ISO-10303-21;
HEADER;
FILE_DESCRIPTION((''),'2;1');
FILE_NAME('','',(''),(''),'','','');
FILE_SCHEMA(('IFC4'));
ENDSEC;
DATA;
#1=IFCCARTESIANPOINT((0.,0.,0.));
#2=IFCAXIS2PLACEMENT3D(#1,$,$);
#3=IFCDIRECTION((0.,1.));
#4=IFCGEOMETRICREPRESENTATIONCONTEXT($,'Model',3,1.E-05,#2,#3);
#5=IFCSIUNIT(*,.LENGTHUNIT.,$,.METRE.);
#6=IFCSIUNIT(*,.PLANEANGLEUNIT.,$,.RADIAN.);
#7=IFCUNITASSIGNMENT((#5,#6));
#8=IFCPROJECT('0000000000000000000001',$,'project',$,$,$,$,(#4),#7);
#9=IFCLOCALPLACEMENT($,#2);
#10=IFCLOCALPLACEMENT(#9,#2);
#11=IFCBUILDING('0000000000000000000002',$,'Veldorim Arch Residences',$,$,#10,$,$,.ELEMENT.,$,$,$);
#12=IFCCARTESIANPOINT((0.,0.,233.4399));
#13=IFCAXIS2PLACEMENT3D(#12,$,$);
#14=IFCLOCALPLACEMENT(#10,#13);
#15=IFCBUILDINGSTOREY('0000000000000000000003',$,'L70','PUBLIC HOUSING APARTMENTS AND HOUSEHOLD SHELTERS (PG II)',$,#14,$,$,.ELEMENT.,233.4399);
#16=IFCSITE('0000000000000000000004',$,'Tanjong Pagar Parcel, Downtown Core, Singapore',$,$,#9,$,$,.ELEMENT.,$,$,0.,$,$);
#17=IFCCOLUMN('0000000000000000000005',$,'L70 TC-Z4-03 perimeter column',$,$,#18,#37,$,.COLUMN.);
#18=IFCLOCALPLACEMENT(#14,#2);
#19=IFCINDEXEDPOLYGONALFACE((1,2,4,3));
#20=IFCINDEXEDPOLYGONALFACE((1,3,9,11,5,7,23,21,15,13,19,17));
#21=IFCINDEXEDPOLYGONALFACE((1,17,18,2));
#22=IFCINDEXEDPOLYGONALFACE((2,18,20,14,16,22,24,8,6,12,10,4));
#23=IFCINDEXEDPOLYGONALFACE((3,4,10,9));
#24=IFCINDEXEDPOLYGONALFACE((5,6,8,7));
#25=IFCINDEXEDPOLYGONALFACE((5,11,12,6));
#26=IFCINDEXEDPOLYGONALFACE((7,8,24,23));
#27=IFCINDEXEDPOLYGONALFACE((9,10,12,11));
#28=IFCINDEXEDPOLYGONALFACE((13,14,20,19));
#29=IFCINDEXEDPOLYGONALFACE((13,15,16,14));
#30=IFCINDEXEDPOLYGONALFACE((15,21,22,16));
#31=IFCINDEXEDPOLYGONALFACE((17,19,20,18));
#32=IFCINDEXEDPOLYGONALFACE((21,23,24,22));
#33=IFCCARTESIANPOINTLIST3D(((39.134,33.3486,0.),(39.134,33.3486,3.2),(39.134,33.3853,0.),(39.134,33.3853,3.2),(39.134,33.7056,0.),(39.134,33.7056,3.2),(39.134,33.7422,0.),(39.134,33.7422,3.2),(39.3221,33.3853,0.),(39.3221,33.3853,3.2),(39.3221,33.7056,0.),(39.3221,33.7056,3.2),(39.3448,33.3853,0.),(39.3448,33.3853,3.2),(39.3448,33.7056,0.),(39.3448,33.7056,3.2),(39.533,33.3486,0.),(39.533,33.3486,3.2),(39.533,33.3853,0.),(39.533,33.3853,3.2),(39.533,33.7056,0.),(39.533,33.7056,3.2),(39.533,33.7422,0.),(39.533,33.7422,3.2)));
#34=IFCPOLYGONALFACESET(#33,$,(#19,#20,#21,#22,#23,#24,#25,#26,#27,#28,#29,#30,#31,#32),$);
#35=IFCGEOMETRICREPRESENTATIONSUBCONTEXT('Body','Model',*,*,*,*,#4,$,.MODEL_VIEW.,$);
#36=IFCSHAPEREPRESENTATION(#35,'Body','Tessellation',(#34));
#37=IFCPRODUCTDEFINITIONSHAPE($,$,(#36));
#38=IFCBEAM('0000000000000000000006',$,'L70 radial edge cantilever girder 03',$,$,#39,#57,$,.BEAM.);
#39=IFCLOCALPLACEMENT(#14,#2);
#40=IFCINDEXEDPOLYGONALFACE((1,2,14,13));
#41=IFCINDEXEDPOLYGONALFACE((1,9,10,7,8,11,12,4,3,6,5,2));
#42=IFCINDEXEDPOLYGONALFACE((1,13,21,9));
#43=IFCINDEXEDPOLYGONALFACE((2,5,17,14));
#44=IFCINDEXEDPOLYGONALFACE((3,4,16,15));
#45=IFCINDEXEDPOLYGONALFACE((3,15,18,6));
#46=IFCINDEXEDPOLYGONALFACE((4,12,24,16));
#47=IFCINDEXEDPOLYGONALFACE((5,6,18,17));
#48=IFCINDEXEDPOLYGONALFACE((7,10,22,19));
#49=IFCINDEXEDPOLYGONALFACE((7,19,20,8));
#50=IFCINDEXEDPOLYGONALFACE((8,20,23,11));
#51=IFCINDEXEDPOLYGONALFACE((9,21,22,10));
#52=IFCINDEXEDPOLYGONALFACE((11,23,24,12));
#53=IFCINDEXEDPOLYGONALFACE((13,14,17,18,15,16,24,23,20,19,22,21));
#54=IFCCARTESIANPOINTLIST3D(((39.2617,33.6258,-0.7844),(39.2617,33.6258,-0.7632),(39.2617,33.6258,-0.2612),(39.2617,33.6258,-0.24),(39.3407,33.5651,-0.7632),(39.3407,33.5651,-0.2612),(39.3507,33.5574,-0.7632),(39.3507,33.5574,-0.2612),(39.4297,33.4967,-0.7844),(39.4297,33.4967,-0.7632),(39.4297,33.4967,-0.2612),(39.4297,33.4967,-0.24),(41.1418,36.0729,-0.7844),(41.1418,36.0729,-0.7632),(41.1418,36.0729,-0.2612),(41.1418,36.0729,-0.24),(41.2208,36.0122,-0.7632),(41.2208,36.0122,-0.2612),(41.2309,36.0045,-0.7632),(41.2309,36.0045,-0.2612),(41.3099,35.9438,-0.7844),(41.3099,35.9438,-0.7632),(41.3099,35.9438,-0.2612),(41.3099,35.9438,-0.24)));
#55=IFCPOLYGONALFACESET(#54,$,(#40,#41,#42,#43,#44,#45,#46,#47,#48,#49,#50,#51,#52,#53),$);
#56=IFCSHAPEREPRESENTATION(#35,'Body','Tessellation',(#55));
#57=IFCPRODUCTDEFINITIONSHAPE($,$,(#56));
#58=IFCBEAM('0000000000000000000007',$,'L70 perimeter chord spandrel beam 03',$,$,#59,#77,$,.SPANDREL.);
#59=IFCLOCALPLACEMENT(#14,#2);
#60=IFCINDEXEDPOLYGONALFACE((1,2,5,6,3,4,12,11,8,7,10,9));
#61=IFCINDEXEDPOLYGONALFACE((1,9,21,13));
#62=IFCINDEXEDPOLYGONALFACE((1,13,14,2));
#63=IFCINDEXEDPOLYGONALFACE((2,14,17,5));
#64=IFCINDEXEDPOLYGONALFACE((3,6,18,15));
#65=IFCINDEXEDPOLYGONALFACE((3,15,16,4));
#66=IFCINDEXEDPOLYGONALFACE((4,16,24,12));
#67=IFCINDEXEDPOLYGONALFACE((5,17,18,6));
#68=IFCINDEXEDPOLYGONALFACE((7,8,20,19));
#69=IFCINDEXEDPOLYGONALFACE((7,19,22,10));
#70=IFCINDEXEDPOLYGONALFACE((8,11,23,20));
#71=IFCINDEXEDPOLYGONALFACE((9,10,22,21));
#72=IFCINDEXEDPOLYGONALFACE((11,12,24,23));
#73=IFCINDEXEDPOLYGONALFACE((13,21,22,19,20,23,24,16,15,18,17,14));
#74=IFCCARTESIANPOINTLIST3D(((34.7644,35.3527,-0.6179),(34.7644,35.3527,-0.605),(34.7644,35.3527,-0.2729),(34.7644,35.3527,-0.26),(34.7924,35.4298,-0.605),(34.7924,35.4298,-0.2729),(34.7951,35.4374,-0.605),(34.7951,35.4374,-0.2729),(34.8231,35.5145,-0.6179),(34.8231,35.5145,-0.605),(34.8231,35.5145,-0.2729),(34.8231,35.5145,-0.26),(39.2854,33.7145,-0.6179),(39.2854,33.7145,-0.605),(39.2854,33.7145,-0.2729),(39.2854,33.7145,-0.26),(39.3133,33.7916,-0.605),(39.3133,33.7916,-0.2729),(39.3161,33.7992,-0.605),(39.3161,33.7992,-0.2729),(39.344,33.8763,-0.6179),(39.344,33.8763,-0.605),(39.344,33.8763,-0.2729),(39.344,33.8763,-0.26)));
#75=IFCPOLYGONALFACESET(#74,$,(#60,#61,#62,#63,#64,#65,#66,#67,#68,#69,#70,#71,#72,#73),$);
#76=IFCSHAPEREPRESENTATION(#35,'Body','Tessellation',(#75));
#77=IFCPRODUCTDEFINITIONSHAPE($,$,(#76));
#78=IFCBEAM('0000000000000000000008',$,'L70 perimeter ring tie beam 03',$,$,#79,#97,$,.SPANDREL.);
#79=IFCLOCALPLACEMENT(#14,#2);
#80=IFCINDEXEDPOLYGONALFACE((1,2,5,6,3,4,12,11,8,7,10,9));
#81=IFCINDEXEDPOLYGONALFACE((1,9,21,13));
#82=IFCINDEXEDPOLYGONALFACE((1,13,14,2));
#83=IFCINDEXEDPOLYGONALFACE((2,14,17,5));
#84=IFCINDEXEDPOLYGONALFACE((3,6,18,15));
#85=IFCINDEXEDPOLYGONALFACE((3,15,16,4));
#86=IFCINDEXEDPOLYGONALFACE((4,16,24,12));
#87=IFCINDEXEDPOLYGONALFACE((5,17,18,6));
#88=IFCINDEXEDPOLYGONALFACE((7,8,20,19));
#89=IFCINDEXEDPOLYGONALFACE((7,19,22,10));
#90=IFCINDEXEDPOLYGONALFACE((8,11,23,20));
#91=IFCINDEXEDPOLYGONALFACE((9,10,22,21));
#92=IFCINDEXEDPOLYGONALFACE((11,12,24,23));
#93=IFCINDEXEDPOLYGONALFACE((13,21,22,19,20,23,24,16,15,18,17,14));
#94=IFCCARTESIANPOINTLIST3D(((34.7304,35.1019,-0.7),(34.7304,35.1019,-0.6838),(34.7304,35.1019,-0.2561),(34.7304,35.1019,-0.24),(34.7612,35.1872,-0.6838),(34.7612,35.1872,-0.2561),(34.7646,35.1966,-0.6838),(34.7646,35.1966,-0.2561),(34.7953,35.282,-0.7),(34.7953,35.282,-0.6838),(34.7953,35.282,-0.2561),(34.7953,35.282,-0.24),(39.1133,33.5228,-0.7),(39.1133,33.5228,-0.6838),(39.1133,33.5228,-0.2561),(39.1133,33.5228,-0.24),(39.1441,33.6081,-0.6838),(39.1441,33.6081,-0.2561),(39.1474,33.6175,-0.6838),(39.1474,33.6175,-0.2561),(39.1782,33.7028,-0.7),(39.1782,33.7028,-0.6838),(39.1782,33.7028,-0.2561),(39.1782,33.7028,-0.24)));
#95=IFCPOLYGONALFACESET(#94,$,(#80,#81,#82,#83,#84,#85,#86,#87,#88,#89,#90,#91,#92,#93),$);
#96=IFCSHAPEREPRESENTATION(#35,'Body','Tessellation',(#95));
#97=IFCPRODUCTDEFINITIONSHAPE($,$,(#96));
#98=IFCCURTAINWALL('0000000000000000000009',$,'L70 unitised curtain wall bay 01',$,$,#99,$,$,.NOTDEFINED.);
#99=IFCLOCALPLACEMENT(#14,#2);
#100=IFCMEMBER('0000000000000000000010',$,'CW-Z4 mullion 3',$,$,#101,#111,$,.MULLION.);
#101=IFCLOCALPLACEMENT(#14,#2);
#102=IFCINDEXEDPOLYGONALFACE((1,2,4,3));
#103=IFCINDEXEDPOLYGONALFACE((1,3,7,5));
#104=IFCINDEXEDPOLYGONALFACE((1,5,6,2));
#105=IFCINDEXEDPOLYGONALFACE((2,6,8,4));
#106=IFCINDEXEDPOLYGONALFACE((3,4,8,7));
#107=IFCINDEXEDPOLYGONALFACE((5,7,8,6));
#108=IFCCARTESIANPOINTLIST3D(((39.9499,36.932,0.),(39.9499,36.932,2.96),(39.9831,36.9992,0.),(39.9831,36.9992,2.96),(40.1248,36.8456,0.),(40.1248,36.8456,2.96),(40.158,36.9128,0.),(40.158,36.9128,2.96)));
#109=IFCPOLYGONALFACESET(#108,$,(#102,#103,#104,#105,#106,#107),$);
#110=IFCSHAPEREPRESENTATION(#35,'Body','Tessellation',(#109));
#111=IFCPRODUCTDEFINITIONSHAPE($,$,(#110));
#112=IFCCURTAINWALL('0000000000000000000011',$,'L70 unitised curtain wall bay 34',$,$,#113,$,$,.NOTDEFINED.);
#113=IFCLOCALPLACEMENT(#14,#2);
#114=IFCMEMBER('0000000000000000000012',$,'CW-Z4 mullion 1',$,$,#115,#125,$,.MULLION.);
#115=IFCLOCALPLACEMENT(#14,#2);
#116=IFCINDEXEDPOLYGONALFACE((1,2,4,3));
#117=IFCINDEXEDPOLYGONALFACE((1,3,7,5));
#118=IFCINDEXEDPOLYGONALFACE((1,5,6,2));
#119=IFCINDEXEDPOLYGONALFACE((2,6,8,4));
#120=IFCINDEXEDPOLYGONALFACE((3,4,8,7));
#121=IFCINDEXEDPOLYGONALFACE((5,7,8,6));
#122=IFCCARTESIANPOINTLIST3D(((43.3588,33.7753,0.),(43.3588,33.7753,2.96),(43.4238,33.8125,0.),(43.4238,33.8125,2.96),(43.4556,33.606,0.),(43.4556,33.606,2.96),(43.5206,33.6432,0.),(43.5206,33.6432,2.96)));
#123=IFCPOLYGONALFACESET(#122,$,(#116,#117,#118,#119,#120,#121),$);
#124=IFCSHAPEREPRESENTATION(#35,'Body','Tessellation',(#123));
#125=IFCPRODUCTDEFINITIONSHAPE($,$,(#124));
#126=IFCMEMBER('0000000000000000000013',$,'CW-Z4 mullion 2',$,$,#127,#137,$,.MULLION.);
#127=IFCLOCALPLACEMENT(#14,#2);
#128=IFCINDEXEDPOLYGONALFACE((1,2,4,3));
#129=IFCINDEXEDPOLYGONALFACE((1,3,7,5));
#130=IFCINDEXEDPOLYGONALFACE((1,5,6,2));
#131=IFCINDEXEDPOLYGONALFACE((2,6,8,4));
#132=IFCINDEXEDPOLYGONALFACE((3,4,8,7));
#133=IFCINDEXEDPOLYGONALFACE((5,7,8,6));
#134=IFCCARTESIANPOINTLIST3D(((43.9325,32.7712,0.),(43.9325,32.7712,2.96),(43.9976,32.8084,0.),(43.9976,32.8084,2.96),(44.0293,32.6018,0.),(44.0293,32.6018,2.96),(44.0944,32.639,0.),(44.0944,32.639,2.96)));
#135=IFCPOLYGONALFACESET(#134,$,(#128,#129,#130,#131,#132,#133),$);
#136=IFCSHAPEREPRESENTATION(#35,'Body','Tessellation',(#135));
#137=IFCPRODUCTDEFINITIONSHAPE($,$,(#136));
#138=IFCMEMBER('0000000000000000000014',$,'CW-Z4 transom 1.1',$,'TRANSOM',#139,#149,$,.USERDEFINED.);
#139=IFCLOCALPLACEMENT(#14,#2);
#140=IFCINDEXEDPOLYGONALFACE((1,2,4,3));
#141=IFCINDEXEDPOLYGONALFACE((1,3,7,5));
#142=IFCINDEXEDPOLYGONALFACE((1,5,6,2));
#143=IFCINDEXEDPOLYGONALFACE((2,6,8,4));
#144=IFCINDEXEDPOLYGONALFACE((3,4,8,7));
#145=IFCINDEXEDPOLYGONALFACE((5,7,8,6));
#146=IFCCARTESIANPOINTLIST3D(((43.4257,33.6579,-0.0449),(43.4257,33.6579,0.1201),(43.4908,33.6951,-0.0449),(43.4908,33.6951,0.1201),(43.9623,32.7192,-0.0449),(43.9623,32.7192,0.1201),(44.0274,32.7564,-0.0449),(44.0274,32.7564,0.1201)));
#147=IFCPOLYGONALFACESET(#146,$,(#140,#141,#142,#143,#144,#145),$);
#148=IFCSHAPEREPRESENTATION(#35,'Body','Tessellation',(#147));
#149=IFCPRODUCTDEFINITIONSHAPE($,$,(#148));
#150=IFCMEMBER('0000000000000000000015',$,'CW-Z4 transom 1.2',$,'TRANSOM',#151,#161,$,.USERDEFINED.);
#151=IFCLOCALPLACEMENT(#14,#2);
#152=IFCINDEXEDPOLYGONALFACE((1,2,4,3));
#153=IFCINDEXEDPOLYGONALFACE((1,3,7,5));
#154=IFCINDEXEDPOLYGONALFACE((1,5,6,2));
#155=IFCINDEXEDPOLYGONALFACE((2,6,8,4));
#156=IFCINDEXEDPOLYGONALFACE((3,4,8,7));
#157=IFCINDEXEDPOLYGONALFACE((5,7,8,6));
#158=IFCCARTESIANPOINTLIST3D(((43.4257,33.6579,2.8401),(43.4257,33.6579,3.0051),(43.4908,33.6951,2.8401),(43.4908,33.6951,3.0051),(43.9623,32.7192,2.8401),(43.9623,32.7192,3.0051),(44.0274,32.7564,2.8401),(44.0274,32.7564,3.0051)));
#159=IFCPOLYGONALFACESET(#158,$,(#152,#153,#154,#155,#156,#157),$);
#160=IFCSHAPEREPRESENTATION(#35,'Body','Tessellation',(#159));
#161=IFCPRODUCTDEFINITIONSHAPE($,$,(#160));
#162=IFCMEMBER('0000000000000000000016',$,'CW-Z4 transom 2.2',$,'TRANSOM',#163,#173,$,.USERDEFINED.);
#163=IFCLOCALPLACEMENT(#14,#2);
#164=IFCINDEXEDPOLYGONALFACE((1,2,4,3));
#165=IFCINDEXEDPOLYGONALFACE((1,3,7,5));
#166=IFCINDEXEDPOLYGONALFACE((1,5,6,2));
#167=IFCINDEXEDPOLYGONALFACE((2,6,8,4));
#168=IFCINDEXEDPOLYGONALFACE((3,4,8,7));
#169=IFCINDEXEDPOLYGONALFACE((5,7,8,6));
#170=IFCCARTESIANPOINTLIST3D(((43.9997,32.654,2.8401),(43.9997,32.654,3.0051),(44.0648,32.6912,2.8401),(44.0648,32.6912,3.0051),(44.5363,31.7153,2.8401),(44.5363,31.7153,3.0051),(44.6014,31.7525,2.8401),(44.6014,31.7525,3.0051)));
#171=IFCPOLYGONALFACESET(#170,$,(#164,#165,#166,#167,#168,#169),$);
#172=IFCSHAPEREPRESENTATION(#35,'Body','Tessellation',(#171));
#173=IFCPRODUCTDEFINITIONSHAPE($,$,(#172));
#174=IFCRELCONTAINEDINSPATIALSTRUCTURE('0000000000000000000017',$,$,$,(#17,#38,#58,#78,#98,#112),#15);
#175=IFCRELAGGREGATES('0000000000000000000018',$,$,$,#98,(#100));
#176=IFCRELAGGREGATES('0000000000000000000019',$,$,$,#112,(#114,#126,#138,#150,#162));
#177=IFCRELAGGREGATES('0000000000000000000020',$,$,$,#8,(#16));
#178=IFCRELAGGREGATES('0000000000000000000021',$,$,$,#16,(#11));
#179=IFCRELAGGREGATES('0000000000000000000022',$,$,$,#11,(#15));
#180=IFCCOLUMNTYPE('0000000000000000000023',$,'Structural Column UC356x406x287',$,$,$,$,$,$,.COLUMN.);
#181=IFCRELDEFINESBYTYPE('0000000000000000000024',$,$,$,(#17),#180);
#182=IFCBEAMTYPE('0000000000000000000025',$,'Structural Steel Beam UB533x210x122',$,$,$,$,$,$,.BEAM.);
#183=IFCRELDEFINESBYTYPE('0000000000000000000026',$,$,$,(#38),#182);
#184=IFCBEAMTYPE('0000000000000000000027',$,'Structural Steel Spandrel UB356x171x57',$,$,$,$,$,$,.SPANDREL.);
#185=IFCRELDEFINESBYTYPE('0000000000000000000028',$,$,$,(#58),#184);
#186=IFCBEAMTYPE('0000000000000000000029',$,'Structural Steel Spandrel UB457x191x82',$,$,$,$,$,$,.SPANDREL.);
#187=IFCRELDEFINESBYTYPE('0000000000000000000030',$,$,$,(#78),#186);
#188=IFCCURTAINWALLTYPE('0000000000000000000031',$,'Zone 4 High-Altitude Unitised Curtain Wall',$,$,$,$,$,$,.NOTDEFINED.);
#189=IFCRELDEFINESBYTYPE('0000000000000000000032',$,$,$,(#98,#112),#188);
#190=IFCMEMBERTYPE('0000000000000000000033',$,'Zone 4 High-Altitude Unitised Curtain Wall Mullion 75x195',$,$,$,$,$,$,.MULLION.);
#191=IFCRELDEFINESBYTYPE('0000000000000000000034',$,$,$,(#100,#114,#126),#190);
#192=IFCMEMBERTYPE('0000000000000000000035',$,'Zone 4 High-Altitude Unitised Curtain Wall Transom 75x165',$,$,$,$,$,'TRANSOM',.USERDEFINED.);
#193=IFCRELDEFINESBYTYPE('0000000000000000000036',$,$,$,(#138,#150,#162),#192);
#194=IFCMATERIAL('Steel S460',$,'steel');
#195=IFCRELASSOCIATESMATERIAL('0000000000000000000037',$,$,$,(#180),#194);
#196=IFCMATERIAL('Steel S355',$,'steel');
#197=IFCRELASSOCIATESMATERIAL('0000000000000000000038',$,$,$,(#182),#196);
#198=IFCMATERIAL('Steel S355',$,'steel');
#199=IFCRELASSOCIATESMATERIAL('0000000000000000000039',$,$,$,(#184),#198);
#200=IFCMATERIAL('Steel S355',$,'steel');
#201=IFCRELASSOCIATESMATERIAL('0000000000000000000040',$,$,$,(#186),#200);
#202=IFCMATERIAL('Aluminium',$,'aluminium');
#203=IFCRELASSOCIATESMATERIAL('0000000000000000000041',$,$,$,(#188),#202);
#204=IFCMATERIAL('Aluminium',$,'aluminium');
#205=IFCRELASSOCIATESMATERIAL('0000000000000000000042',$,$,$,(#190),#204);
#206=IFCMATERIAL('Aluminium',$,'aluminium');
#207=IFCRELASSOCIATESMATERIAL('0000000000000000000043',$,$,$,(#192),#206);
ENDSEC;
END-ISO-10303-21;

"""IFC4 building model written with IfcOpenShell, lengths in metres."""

from ifc_helpers import new_model, si_unit, direction, frame, origin, origin_2d, place, context, subcontext, project, spatial, rectangle, i_section, extrude, material, material_profile, profile_set, type_object, element, aggregate, save


model = new_model("IFC4")

# Units and contexts
model_context = context("Model", 3, precision=1e-05, world=origin(), true_north=direction((0.0, 1.0)))
body_context = subcontext(model_context, "Body", "Model", "MODEL_VIEW")
ifc_project = project(units=[si_unit("LENGTHUNIT", "METRE"), si_unit("PLANEANGLEUNIT", "RADIAN")], contexts=[model_context])

# Site, building, storey
site_placement = place(None, origin())
site = spatial("IfcSite", under=ifc_project, at=site_placement, Name="Tanjong Pagar Parcel, Downtown Core, Singapore", CompositionType="ELEMENT", RefElevation=0.0)
building_placement = place(site_placement, origin())
building = spatial("IfcBuilding", under=site, at=building_placement, Name="Veldorim Arch Residences", CompositionType="ELEMENT")
storey_placement = place(building_placement, frame((0.0, 0.0, 233.4399)))
storey = spatial("IfcBuildingStorey", under=building, at=storey_placement, Name="L70", Description="PUBLIC HOUSING APARTMENTS AND HOUSEHOLD SHELTERS (PG II)", CompositionType="ELEMENT", Elevation=233.4399)

# Column
ifc_material_1 = material(Name="Steel S460", Category="steel")
ifc_material_profile_1 = material_profile(ifc_material_1, i_section(OverallWidth=0.3989, OverallDepth=0.3936, WebThickness=0.0227, FlangeThickness=0.0366, at=origin_2d()), Name="UC356x406x287")
ifc_profile_set_1 = profile_set([ifc_material_profile_1], Name="Steel S460")
column_type = type_object("IfcColumnType", Name="Structural Column UC356x406x287", PredefinedType="COLUMN", material=ifc_profile_set_1)
column_placement = place(storey_placement, frame((39.3335, 33.5454, 0.0), z_axis=(0.0, 0.0, 1.0), x_axis=(1.0, 0.0, 0.0)))
element("IfcColumn", 1, at=column_placement, inside=storey, type_object=column_type, Name="L70 TC-Z4-03 perimeter column", PredefinedType="COLUMN", context=body_context, shape_type="SweptSolid", body=[
    extrude(i_section(OverallWidth=0.3989, OverallDepth=0.3936, WebThickness=0.0227, FlangeThickness=0.0366, at=origin_2d()), origin(), (0.0, 0.0, 1.0), 3.2),
])

# Beams
ifc_material_2 = material(Name="Steel S355", Category="steel")
ifc_material_profile_2 = material_profile(ifc_material_2, i_section(OverallWidth=0.2119, OverallDepth=0.5444, WebThickness=0.0127, FlangeThickness=0.0212, at=origin_2d()), Name="UB533x210x122")
ifc_profile_set_2 = profile_set([ifc_material_profile_2], Name="Steel S355")
beam_type_1 = type_object("IfcBeamType", Name="Structural Steel Beam UB533x210x122", PredefinedType="BEAM", material=ifc_profile_set_2)
beam_1_placement = place(storey_placement, frame((39.3457, 33.5613, -0.5122), z_axis=(0.609263, 0.792968, 0.0), x_axis=(-0.792968, 0.609263, 0.0)))
element("IfcBeam", 2, at=beam_1_placement, inside=storey, type_object=beam_type_1, Name="L70 radial edge cantilever girder 03", PredefinedType="BEAM", context=body_context, shape_type="SweptSolid", body=[
    extrude(i_section(OverallWidth=0.2119, OverallDepth=0.5444, WebThickness=0.0127, FlangeThickness=0.0212, at=origin_2d()), origin(), (0.0, 0.0, 1.0), 3.0859),
])
ifc_material_3 = material(Name="Steel S355", Category="steel")
ifc_material_profile_3 = material_profile(ifc_material_3, i_section(OverallWidth=0.1721, OverallDepth=0.3579, WebThickness=0.0081, FlangeThickness=0.0129, at=origin_2d()), Name="UB356x171x57")
ifc_profile_set_3 = profile_set([ifc_material_profile_3], Name="Steel S355")
beam_type_2 = type_object("IfcBeamType", Name="Structural Steel Spandrel UB356x171x57", PredefinedType="SPANDREL", material=ifc_profile_set_3)
beam_2_placement = place(storey_placement, frame((39.3147, 33.7954, -0.439), z_axis=(-0.940181, 0.340675, 0.0), x_axis=(-0.340675, -0.940181, 0.0)))
element("IfcBeam", 3, at=beam_2_placement, inside=storey, type_object=beam_type_2, Name="L70 perimeter chord spandrel beam 03", PredefinedType="SPANDREL", context=body_context, shape_type="SweptSolid", body=[
    extrude(i_section(OverallWidth=0.1721, OverallDepth=0.3579, WebThickness=0.0081, FlangeThickness=0.0129, at=origin_2d()), origin(), (0.0, 0.0, 1.0), 4.8086),
])
ifc_material_4 = material(Name="Steel S355", Category="steel")
ifc_material_profile_4 = material_profile(ifc_material_4, i_section(OverallWidth=0.1914, OverallDepth=0.46, WebThickness=0.01, FlangeThickness=0.0161, at=origin_2d()), Name="UB457x191x82")
ifc_profile_set_4 = profile_set([ifc_material_profile_4], Name="Steel S355")
beam_type_3 = type_object("IfcBeamType", Name="Structural Steel Spandrel UB457x191x82", PredefinedType="SPANDREL", material=ifc_profile_set_4)
beam_3_placement = place(storey_placement, frame((39.1458, 33.6128, -0.47), z_axis=(-0.940799, 0.338964, 0.0), x_axis=(-0.338964, -0.940799, 0.0)))
element("IfcBeam", 4, at=beam_3_placement, inside=storey, type_object=beam_type_3, Name="L70 perimeter ring tie beam 03", PredefinedType="SPANDREL", context=body_context, shape_type="SweptSolid", body=[
    extrude(i_section(OverallWidth=0.1914, OverallDepth=0.46, WebThickness=0.01, FlangeThickness=0.0161, at=origin_2d()), origin(), (0.0, 0.0, 1.0), 4.6587),
])

# Curtain wall, member
ifc_material_5 = material(Name="Aluminium", Category="aluminium")
curtain_wall_type = type_object("IfcCurtainWallType", Name="Zone 4 High-Altitude Unitised Curtain Wall", PredefinedType="NOTDEFINED", material=ifc_material_5)
curtain_wall_1_placement = place(storey_placement, origin())
curtain_wall_1 = element("IfcCurtainWall", 5, at=curtain_wall_1_placement, inside=storey, type_object=curtain_wall_type, Name="L70 unitised curtain wall bay 01", PredefinedType="NOTDEFINED")
ifc_material_6 = material(Name="Aluminium", Category="aluminium")
ifc_material_profile_5 = material_profile(ifc_material_6, rectangle(XDim=0.075, YDim=0.1951, at=origin_2d()), Name="ALU_MUL_75x195")
ifc_profile_set_5 = profile_set([ifc_material_profile_5], Name="Aluminium")
member_type_1 = type_object("IfcMemberType", Name="Zone 4 High-Altitude Unitised Curtain Wall Mullion 75x195", PredefinedType="MULLION", material=ifc_profile_set_5)
member_1_placement = place(storey_placement, frame((40.054, 36.9224, 0.0), z_axis=(0.0, 0.0, 1.0), x_axis=(0.442993, 0.896525, 0.0)))
member_1 = element("IfcMember", 6, at=member_1_placement, type_object=member_type_1, Name="CW-Z4 mullion 3", PredefinedType="MULLION", context=body_context, shape_type="SweptSolid", body=[
    extrude(rectangle(XDim=0.075, YDim=0.1951, at=origin_2d()), origin(), (0.0, 0.0, 1.0), 2.96),
])

# Curtain wall, members
curtain_wall_2_placement = place(storey_placement, origin())
curtain_wall_2 = element("IfcCurtainWall", 7, at=curtain_wall_2_placement, inside=storey, type_object=curtain_wall_type, Name="L70 unitised curtain wall bay 34", PredefinedType="NOTDEFINED")
member_2_placement = place(storey_placement, frame((43.4397, 33.7092, 0.0), z_axis=(0.0, 0.0, 1.0), x_axis=(0.868166, 0.496274, 0.0)))
member_2 = element("IfcMember", 8, at=member_2_placement, type_object=member_type_1, Name="CW-Z4 mullion 1", PredefinedType="MULLION", context=body_context, shape_type="SweptSolid", body=[
    extrude(rectangle(XDim=0.075, YDim=0.1951, at=origin_2d()), origin(), (0.0, 0.0, 1.0), 2.96),
])
member_3_placement = place(storey_placement, frame((44.0134, 32.7051, 0.0), z_axis=(0.0, 0.0, 1.0), x_axis=(0.868166, 0.496274, 0.0)))
member_3 = element("IfcMember", 9, at=member_3_placement, type_object=member_type_1, Name="CW-Z4 mullion 2", PredefinedType="MULLION", context=body_context, shape_type="SweptSolid", body=[
    extrude(rectangle(XDim=0.075, YDim=0.1951, at=origin_2d()), origin(), (0.0, 0.0, 1.0), 2.96),
])
ifc_material_7 = material(Name="Aluminium", Category="aluminium")
ifc_material_profile_6 = material_profile(ifc_material_7, rectangle(XDim=0.075, YDim=0.165, at=origin_2d()), Name="ALU_TRN_75x165")
ifc_profile_set_6 = profile_set([ifc_material_profile_6], Name="Aluminium")
member_type_2 = type_object("IfcMemberType", Name="Zone 4 High-Altitude Unitised Curtain Wall Transom 75x165", ElementType="TRANSOM", PredefinedType="USERDEFINED", material=ifc_profile_set_6)
member_4_placement = place(storey_placement, frame((43.4583, 33.6765, 0.0376), z_axis=(0.496285, -0.86816, 0.0), x_axis=(0.86816, 0.496285, 0.0)))
member_4 = element("IfcMember", 10, at=member_4_placement, type_object=member_type_2, Name="CW-Z4 transom 1.1", ObjectType="TRANSOM", PredefinedType="USERDEFINED", context=body_context, shape_type="SweptSolid", body=[
    extrude(rectangle(XDim=0.075, YDim=0.165, at=origin_2d()), origin(), (0.0, 0.0, 1.0), 1.0813),
])
member_5_placement = place(storey_placement, frame((43.4583, 33.6765, 2.9226), z_axis=(0.496285, -0.86816, 0.0), x_axis=(0.86816, 0.496285, 0.0)))
member_5 = element("IfcMember", 11, at=member_5_placement, type_object=member_type_2, Name="CW-Z4 transom 1.2", ObjectType="TRANSOM", PredefinedType="USERDEFINED", context=body_context, shape_type="SweptSolid", body=[
    extrude(rectangle(XDim=0.075, YDim=0.165, at=origin_2d()), origin(), (0.0, 0.0, 1.0), 1.0813),
])
member_6_placement = place(storey_placement, frame((44.0322, 32.6726, 2.9226), z_axis=(0.496285, -0.86816, 0.0), x_axis=(0.86816, 0.496285, 0.0)))
member_6 = element("IfcMember", 12, at=member_6_placement, type_object=member_type_2, Name="CW-Z4 transom 2.2", ObjectType="TRANSOM", PredefinedType="USERDEFINED", context=body_context, shape_type="SweptSolid", body=[
    extrude(rectangle(XDim=0.075, YDim=0.165, at=origin_2d()), origin(), (0.0, 0.0, 1.0), 1.0813),
])

aggregate(curtain_wall_1, [member_1])
aggregate(curtain_wall_2, [member_2, member_3, member_4, member_5, member_6])

save(model, "model.ifc")
